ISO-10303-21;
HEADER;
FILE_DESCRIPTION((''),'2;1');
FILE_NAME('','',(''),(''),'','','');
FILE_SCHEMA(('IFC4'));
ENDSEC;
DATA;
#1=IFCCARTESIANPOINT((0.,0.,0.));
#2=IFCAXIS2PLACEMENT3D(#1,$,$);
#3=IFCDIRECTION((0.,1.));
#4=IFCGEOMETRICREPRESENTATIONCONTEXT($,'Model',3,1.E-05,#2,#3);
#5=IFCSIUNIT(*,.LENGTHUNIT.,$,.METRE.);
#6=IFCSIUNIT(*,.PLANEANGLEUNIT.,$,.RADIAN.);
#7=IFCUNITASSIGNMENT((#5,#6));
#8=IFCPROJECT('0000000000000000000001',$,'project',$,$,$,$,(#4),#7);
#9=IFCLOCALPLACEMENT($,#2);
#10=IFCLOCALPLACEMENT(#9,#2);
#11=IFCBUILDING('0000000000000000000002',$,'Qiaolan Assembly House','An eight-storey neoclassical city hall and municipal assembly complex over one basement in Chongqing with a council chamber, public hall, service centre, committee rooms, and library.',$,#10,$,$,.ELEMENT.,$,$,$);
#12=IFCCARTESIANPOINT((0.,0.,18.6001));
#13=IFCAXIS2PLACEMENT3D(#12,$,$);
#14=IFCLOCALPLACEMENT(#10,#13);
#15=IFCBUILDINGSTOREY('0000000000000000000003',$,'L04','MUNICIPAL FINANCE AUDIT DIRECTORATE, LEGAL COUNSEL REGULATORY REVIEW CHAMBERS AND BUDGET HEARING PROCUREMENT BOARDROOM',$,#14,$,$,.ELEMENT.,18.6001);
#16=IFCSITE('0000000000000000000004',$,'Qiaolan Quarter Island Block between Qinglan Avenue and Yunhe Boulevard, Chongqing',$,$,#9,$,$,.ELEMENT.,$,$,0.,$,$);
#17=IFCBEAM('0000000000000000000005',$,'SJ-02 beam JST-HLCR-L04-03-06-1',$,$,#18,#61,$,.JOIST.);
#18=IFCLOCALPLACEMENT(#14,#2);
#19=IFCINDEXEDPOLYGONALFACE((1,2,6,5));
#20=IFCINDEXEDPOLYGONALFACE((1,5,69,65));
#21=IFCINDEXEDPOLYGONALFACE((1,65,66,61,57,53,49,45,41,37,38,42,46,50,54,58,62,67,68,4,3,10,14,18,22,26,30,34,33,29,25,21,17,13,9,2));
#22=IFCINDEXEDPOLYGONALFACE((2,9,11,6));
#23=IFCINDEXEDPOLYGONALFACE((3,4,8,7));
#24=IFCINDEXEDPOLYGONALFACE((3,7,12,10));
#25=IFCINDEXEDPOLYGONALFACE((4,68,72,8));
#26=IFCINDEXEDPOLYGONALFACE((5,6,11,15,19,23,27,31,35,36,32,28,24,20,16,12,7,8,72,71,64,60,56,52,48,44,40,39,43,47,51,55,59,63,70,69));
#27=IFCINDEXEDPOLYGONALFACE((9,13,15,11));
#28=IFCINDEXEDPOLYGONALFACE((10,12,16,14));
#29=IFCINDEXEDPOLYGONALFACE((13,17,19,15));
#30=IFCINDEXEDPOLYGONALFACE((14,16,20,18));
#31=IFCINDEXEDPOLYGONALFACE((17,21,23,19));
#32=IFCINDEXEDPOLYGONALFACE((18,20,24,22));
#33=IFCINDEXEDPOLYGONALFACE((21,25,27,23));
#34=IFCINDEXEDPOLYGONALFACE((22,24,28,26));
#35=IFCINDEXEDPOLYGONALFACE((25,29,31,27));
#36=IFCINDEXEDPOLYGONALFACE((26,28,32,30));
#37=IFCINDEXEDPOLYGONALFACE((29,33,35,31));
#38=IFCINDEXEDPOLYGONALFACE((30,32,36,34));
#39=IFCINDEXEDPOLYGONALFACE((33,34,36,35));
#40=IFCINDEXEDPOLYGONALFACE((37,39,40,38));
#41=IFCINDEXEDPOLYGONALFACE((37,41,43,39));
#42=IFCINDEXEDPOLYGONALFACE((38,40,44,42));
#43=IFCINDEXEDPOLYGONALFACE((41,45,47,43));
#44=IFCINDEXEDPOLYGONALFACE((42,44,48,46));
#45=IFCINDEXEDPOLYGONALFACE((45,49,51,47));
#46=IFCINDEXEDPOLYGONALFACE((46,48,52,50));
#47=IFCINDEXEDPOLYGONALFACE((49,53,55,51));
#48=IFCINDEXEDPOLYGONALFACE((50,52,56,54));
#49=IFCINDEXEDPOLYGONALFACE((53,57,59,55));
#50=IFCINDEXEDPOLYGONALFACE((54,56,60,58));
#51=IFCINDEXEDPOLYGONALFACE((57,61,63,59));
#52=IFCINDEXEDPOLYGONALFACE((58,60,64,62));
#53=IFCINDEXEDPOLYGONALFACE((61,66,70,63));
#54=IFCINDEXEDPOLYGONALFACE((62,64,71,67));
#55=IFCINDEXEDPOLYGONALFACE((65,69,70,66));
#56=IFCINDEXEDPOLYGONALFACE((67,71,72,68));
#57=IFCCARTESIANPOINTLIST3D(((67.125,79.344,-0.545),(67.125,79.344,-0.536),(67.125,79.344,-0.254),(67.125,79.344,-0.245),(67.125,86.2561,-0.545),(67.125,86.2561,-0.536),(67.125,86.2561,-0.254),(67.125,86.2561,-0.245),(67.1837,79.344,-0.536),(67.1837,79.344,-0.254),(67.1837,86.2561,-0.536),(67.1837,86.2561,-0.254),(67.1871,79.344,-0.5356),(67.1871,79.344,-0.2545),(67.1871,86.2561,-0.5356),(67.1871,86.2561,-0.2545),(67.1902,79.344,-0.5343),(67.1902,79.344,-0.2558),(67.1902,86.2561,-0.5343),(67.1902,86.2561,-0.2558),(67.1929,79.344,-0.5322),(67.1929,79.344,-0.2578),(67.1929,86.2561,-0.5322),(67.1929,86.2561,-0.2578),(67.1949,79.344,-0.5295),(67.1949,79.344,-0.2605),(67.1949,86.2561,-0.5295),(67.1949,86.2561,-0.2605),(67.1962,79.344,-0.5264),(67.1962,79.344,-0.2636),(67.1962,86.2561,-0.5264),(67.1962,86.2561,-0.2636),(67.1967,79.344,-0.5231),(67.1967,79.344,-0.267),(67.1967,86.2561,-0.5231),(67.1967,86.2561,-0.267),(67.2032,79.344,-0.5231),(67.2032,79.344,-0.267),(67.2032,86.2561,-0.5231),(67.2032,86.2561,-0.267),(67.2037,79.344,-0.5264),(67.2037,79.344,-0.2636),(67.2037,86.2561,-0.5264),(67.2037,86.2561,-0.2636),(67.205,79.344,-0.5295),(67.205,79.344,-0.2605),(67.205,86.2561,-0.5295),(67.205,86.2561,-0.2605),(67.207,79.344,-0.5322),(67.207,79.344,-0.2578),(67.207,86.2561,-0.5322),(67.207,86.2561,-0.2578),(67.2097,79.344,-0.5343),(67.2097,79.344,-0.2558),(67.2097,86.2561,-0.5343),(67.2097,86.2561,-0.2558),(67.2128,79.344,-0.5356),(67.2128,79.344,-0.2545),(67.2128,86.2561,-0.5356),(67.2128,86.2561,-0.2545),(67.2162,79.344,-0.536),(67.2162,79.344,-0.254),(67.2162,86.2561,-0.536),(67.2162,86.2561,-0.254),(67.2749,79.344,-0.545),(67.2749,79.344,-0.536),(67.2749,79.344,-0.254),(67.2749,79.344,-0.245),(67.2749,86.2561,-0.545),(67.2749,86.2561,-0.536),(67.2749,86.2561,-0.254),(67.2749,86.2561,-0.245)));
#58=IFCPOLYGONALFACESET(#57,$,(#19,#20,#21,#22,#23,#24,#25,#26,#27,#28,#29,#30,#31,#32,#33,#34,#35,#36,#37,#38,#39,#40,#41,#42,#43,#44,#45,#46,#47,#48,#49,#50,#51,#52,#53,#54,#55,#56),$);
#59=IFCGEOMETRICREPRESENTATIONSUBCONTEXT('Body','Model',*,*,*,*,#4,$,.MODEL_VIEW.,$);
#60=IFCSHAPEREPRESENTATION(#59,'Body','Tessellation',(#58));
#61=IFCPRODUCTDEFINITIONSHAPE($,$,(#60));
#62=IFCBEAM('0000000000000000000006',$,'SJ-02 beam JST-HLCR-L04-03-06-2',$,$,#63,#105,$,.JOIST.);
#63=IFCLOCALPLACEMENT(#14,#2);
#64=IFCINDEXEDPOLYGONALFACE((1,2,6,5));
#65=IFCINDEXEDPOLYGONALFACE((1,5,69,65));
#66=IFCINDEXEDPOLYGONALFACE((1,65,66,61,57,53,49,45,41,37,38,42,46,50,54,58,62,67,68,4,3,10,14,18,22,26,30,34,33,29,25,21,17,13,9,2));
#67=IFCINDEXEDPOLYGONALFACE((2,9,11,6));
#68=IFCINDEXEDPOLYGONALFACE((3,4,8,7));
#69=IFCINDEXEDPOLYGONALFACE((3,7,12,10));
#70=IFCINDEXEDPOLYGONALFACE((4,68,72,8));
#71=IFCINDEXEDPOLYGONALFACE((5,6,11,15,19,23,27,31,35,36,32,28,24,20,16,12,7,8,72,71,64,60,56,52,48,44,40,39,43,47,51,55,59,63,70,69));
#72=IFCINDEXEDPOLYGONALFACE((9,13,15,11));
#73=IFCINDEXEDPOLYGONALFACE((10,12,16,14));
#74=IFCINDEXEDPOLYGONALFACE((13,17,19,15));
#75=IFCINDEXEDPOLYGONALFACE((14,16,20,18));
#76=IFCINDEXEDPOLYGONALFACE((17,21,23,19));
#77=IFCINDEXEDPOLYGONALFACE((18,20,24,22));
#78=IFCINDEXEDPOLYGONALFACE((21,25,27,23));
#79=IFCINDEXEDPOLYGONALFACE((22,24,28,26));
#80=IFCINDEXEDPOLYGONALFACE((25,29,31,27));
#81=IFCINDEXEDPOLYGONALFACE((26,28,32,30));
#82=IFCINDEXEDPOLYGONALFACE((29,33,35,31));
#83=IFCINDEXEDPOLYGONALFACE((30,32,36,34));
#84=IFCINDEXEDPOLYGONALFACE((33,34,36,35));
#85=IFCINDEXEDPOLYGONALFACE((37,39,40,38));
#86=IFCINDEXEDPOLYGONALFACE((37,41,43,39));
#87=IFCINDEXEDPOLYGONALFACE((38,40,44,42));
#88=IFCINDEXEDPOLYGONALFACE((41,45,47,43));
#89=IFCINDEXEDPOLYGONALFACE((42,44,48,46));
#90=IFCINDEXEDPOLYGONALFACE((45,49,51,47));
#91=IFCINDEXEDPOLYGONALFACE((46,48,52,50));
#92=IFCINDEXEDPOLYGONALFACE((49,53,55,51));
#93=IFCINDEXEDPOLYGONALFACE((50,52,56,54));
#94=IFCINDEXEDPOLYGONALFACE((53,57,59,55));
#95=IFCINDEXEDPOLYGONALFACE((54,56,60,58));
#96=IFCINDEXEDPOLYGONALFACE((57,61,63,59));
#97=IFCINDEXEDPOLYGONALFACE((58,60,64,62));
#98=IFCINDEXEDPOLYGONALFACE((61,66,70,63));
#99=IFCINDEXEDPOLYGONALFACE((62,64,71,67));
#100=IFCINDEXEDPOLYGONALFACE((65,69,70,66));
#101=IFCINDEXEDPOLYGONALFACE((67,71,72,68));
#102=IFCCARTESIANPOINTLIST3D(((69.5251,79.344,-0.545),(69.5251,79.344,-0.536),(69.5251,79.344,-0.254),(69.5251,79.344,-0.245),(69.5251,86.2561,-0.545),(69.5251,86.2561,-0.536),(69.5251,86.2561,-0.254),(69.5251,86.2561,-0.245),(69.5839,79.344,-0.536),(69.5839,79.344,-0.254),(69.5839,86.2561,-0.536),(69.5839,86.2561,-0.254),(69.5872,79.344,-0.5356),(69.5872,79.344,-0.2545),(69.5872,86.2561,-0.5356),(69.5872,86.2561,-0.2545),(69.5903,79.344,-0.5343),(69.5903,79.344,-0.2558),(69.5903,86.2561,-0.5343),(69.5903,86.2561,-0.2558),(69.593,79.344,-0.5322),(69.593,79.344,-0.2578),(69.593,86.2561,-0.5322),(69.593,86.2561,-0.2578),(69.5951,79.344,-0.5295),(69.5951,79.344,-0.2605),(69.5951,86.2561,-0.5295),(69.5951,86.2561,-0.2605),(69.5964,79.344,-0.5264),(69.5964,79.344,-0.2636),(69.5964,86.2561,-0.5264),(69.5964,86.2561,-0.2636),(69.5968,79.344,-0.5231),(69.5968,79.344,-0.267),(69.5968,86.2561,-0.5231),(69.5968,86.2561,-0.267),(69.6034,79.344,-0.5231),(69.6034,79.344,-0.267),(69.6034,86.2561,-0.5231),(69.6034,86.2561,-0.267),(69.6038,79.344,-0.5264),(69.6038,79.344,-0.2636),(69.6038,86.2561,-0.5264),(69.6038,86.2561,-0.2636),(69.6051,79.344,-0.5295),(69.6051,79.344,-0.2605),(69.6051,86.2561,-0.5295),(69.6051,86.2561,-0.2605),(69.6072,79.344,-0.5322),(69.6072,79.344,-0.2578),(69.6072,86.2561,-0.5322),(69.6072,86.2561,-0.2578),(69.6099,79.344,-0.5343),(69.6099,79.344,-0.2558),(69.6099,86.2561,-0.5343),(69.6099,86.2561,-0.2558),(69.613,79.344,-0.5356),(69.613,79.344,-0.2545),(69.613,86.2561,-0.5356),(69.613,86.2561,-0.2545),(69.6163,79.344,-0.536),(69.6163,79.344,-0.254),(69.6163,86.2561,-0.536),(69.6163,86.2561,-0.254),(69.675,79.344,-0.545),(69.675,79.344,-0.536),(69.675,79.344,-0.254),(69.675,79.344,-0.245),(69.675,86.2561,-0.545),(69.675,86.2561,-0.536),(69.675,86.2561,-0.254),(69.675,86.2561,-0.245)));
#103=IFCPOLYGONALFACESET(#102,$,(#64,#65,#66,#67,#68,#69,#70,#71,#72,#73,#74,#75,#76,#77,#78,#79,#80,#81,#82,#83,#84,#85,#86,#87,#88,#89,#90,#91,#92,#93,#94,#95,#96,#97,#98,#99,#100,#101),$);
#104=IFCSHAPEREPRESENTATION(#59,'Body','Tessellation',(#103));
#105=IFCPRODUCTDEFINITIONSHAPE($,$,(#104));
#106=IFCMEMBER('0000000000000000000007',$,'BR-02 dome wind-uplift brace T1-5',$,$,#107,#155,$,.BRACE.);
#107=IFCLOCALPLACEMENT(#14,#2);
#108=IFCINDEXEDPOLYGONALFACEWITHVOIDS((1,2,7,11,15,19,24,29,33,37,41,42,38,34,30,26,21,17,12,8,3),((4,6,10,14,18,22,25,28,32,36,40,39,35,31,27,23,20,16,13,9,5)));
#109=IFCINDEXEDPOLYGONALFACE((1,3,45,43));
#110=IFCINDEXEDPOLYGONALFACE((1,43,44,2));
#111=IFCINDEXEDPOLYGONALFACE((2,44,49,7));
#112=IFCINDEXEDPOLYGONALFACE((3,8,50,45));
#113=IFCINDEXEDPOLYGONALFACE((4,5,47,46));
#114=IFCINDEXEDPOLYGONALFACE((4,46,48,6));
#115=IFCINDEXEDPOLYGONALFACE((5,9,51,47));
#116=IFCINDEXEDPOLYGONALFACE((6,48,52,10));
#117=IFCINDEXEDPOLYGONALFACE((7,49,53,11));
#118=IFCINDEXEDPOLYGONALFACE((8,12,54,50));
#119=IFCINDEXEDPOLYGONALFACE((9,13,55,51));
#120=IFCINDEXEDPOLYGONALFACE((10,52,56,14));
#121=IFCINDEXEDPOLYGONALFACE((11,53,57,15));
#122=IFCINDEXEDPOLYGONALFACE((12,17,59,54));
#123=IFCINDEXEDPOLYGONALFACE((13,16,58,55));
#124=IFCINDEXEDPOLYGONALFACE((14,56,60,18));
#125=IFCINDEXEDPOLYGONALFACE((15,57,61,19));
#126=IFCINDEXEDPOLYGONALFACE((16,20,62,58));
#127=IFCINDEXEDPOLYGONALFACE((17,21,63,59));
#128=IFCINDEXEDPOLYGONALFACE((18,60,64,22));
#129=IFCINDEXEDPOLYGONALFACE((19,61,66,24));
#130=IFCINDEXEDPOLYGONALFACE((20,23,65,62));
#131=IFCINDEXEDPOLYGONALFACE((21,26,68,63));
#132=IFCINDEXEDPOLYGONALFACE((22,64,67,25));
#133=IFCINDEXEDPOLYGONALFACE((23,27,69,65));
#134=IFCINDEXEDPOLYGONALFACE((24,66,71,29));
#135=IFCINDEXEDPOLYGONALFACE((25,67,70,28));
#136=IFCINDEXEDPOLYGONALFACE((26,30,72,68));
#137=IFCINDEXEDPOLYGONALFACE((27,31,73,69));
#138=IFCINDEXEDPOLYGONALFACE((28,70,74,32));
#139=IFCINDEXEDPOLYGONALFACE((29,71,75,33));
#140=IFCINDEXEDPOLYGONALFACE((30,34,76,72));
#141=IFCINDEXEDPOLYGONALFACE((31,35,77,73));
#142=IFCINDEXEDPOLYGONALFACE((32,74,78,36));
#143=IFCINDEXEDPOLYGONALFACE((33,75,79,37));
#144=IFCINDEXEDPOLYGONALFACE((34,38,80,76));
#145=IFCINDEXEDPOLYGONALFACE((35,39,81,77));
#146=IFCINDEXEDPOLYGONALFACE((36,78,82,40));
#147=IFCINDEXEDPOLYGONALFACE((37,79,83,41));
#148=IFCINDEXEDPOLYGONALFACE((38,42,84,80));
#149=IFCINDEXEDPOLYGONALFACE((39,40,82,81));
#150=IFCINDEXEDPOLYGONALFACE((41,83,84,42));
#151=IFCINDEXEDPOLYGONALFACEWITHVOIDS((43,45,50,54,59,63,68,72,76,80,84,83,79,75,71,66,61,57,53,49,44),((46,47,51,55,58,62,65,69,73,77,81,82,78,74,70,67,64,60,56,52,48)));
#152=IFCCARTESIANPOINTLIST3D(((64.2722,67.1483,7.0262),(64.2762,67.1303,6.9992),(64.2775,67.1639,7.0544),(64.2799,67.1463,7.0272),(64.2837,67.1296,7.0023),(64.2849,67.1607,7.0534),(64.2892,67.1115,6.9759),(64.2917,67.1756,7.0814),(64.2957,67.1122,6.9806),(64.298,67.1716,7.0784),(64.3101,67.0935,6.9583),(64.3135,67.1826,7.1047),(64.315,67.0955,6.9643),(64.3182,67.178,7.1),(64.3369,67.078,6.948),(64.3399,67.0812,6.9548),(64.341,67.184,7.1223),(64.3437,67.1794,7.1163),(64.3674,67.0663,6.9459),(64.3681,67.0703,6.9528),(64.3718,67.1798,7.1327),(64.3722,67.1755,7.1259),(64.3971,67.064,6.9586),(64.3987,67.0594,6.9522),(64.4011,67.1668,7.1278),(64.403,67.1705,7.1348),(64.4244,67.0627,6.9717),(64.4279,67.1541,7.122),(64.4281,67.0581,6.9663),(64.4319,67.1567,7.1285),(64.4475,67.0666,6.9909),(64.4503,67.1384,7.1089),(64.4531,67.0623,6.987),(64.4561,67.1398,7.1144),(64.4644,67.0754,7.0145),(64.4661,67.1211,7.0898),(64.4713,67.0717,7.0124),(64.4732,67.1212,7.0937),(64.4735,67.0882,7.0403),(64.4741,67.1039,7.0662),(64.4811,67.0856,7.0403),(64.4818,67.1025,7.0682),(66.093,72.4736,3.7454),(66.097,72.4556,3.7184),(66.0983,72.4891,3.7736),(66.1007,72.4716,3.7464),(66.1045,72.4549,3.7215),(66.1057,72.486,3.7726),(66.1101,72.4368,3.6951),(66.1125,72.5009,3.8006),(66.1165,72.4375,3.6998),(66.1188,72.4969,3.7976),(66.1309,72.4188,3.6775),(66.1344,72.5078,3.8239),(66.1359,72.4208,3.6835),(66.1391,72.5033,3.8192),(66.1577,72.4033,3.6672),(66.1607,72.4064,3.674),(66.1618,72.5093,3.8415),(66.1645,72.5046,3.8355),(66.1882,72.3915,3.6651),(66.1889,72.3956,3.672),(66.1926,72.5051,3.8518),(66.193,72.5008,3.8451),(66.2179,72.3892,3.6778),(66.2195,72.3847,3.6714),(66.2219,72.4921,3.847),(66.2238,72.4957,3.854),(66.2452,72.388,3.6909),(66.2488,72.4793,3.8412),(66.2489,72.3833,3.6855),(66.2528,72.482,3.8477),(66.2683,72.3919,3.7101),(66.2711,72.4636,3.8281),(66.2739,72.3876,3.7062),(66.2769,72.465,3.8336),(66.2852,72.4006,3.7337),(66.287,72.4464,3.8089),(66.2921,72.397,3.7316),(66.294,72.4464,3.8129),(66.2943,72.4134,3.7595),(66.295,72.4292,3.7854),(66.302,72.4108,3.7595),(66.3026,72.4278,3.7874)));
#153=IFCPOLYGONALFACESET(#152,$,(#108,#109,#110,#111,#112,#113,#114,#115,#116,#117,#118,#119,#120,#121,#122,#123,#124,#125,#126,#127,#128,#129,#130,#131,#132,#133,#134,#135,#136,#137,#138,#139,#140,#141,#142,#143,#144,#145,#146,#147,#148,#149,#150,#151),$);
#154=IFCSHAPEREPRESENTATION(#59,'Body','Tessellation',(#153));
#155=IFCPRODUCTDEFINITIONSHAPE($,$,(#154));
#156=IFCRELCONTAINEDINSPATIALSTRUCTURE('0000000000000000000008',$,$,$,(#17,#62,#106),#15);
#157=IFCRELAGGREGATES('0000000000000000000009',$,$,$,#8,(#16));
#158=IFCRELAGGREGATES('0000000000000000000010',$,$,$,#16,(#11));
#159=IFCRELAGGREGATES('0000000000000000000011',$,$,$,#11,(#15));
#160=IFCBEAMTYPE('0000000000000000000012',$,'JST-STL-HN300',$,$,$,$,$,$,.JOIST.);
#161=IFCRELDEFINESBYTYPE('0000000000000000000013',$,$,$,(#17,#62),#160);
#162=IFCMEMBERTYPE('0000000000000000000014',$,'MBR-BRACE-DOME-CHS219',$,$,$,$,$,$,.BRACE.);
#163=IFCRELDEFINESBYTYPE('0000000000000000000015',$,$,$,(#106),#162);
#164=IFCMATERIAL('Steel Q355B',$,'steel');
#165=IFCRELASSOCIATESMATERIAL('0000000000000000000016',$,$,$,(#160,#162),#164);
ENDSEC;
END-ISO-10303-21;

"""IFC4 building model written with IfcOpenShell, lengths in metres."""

from ifc_helpers import new_model, si_unit, direction, frame, origin, origin_2d, place, context, subcontext, project, spatial, hollow_circle, i_section, extrude, material, material_profile, profile_set, type_object, element, save


model = new_model("IFC4")

# Units and contexts
model_context = context("Model", 3, precision=1e-05, world=origin(), true_north=direction((0.0, 1.0)))
body_context = subcontext(model_context, "Body", "Model", "MODEL_VIEW")
ifc_project = project(units=[si_unit("LENGTHUNIT", "METRE"), si_unit("PLANEANGLEUNIT", "RADIAN")], contexts=[model_context])

# Site, building, storey
site_placement = place(None, origin())
site = spatial("IfcSite", under=ifc_project, at=site_placement, Name="Qiaolan Quarter Island Block between Qinglan Avenue and Yunhe Boulevard, Chongqing", CompositionType="ELEMENT", RefElevation=0.0)
building_placement = place(site_placement, origin())
building = spatial("IfcBuilding", under=site, at=building_placement, Name="Qiaolan Assembly House", Description="An eight-storey neoclassical city hall and municipal assembly complex over one basement in Chongqing with a council chamber, public hall, service centre, committee rooms, and library.", CompositionType="ELEMENT")
storey_placement = place(building_placement, frame((0.0, 0.0, 18.6001)))
storey = spatial("IfcBuildingStorey", under=building, at=storey_placement, Name="L04", Description="MUNICIPAL FINANCE AUDIT DIRECTORATE, LEGAL COUNSEL REGULATORY REVIEW CHAMBERS AND BUDGET HEARING PROCUREMENT BOARDROOM", CompositionType="ELEMENT", Elevation=18.6001)

# Beams
ifc_material_1 = material(Name="Steel Q355B", Category="steel")
ifc_material_profile_1 = material_profile(ifc_material_1, i_section(OverallWidth=0.1499, OverallDepth=0.3, WebThickness=0.0066, FlangeThickness=0.009, FilletRadius=0.0129, at=origin_2d()), Name="HN 300x150x6.5x9")
ifc_profile_set_1 = profile_set([ifc_material_profile_1], Name="Steel Q355B")
beam_type_1 = type_object("IfcBeamType", Name="JST-STL-HN300", PredefinedType="JOIST", material=ifc_profile_set_1)
for number, where, z_axis, x_axis, name in (
    (1, (67.2, 79.344, -0.395), (0.0, 1.0, 0.0), (-1.0, 0.0, 0.0), "SJ-02 beam JST-HLCR-L04-03-06-1"),
    (2, (69.6001, 79.344, -0.395), (0.0, 1.0, 0.0), (-1.0, 0.0, 0.0), "SJ-02 beam JST-HLCR-L04-03-06-2"),
):
    element("IfcBeam", number, at=place(storey_placement, frame(where, z_axis=z_axis, x_axis=x_axis)), inside=storey, type_object=beam_type_1, Name=name, PredefinedType="JOIST", context=body_context, shape_type="SweptSolid", body=[
        extrude(i_section(OverallWidth=0.1499, OverallDepth=0.3, WebThickness=0.0066, FlangeThickness=0.009, FilletRadius=0.0129, at=origin_2d()), origin(), (0.0, 0.0, 1.0), 6.9121),
    ])

# Member
ifc_material_profile_2 = material_profile(ifc_material_1, hollow_circle(Radius=0.1096, WallThickness=0.0081, at=origin_2d()), Name="CHS 219.1x8")
ifc_profile_set_2 = profile_set([ifc_material_profile_2], Name="Steel Q355B")
member_type_1 = type_object("IfcMemberType", Name="MBR-BRACE-DOME-CHS219", PredefinedType="BRACE", material=ifc_profile_set_2)
member_1_placement = place(storey_placement, frame((66.1982, 72.4463, 3.7595), z_axis=(-0.279507, -0.817459, 0.503623), x_axis=(0.946217, -0.323532, 0.0)))
element("IfcMember", 3, at=member_1_placement, inside=storey, type_object=member_type_1, Name="BR-02 dome wind-uplift brace T1-5", PredefinedType="BRACE", context=body_context, shape_type="SweptSolid", body=[
    extrude(hollow_circle(Radius=0.1096, WallThickness=0.0081, at=origin_2d()), origin(), (0.0, 0.0, 1.0), 6.5144),
])

save(model, "model.ifc")
